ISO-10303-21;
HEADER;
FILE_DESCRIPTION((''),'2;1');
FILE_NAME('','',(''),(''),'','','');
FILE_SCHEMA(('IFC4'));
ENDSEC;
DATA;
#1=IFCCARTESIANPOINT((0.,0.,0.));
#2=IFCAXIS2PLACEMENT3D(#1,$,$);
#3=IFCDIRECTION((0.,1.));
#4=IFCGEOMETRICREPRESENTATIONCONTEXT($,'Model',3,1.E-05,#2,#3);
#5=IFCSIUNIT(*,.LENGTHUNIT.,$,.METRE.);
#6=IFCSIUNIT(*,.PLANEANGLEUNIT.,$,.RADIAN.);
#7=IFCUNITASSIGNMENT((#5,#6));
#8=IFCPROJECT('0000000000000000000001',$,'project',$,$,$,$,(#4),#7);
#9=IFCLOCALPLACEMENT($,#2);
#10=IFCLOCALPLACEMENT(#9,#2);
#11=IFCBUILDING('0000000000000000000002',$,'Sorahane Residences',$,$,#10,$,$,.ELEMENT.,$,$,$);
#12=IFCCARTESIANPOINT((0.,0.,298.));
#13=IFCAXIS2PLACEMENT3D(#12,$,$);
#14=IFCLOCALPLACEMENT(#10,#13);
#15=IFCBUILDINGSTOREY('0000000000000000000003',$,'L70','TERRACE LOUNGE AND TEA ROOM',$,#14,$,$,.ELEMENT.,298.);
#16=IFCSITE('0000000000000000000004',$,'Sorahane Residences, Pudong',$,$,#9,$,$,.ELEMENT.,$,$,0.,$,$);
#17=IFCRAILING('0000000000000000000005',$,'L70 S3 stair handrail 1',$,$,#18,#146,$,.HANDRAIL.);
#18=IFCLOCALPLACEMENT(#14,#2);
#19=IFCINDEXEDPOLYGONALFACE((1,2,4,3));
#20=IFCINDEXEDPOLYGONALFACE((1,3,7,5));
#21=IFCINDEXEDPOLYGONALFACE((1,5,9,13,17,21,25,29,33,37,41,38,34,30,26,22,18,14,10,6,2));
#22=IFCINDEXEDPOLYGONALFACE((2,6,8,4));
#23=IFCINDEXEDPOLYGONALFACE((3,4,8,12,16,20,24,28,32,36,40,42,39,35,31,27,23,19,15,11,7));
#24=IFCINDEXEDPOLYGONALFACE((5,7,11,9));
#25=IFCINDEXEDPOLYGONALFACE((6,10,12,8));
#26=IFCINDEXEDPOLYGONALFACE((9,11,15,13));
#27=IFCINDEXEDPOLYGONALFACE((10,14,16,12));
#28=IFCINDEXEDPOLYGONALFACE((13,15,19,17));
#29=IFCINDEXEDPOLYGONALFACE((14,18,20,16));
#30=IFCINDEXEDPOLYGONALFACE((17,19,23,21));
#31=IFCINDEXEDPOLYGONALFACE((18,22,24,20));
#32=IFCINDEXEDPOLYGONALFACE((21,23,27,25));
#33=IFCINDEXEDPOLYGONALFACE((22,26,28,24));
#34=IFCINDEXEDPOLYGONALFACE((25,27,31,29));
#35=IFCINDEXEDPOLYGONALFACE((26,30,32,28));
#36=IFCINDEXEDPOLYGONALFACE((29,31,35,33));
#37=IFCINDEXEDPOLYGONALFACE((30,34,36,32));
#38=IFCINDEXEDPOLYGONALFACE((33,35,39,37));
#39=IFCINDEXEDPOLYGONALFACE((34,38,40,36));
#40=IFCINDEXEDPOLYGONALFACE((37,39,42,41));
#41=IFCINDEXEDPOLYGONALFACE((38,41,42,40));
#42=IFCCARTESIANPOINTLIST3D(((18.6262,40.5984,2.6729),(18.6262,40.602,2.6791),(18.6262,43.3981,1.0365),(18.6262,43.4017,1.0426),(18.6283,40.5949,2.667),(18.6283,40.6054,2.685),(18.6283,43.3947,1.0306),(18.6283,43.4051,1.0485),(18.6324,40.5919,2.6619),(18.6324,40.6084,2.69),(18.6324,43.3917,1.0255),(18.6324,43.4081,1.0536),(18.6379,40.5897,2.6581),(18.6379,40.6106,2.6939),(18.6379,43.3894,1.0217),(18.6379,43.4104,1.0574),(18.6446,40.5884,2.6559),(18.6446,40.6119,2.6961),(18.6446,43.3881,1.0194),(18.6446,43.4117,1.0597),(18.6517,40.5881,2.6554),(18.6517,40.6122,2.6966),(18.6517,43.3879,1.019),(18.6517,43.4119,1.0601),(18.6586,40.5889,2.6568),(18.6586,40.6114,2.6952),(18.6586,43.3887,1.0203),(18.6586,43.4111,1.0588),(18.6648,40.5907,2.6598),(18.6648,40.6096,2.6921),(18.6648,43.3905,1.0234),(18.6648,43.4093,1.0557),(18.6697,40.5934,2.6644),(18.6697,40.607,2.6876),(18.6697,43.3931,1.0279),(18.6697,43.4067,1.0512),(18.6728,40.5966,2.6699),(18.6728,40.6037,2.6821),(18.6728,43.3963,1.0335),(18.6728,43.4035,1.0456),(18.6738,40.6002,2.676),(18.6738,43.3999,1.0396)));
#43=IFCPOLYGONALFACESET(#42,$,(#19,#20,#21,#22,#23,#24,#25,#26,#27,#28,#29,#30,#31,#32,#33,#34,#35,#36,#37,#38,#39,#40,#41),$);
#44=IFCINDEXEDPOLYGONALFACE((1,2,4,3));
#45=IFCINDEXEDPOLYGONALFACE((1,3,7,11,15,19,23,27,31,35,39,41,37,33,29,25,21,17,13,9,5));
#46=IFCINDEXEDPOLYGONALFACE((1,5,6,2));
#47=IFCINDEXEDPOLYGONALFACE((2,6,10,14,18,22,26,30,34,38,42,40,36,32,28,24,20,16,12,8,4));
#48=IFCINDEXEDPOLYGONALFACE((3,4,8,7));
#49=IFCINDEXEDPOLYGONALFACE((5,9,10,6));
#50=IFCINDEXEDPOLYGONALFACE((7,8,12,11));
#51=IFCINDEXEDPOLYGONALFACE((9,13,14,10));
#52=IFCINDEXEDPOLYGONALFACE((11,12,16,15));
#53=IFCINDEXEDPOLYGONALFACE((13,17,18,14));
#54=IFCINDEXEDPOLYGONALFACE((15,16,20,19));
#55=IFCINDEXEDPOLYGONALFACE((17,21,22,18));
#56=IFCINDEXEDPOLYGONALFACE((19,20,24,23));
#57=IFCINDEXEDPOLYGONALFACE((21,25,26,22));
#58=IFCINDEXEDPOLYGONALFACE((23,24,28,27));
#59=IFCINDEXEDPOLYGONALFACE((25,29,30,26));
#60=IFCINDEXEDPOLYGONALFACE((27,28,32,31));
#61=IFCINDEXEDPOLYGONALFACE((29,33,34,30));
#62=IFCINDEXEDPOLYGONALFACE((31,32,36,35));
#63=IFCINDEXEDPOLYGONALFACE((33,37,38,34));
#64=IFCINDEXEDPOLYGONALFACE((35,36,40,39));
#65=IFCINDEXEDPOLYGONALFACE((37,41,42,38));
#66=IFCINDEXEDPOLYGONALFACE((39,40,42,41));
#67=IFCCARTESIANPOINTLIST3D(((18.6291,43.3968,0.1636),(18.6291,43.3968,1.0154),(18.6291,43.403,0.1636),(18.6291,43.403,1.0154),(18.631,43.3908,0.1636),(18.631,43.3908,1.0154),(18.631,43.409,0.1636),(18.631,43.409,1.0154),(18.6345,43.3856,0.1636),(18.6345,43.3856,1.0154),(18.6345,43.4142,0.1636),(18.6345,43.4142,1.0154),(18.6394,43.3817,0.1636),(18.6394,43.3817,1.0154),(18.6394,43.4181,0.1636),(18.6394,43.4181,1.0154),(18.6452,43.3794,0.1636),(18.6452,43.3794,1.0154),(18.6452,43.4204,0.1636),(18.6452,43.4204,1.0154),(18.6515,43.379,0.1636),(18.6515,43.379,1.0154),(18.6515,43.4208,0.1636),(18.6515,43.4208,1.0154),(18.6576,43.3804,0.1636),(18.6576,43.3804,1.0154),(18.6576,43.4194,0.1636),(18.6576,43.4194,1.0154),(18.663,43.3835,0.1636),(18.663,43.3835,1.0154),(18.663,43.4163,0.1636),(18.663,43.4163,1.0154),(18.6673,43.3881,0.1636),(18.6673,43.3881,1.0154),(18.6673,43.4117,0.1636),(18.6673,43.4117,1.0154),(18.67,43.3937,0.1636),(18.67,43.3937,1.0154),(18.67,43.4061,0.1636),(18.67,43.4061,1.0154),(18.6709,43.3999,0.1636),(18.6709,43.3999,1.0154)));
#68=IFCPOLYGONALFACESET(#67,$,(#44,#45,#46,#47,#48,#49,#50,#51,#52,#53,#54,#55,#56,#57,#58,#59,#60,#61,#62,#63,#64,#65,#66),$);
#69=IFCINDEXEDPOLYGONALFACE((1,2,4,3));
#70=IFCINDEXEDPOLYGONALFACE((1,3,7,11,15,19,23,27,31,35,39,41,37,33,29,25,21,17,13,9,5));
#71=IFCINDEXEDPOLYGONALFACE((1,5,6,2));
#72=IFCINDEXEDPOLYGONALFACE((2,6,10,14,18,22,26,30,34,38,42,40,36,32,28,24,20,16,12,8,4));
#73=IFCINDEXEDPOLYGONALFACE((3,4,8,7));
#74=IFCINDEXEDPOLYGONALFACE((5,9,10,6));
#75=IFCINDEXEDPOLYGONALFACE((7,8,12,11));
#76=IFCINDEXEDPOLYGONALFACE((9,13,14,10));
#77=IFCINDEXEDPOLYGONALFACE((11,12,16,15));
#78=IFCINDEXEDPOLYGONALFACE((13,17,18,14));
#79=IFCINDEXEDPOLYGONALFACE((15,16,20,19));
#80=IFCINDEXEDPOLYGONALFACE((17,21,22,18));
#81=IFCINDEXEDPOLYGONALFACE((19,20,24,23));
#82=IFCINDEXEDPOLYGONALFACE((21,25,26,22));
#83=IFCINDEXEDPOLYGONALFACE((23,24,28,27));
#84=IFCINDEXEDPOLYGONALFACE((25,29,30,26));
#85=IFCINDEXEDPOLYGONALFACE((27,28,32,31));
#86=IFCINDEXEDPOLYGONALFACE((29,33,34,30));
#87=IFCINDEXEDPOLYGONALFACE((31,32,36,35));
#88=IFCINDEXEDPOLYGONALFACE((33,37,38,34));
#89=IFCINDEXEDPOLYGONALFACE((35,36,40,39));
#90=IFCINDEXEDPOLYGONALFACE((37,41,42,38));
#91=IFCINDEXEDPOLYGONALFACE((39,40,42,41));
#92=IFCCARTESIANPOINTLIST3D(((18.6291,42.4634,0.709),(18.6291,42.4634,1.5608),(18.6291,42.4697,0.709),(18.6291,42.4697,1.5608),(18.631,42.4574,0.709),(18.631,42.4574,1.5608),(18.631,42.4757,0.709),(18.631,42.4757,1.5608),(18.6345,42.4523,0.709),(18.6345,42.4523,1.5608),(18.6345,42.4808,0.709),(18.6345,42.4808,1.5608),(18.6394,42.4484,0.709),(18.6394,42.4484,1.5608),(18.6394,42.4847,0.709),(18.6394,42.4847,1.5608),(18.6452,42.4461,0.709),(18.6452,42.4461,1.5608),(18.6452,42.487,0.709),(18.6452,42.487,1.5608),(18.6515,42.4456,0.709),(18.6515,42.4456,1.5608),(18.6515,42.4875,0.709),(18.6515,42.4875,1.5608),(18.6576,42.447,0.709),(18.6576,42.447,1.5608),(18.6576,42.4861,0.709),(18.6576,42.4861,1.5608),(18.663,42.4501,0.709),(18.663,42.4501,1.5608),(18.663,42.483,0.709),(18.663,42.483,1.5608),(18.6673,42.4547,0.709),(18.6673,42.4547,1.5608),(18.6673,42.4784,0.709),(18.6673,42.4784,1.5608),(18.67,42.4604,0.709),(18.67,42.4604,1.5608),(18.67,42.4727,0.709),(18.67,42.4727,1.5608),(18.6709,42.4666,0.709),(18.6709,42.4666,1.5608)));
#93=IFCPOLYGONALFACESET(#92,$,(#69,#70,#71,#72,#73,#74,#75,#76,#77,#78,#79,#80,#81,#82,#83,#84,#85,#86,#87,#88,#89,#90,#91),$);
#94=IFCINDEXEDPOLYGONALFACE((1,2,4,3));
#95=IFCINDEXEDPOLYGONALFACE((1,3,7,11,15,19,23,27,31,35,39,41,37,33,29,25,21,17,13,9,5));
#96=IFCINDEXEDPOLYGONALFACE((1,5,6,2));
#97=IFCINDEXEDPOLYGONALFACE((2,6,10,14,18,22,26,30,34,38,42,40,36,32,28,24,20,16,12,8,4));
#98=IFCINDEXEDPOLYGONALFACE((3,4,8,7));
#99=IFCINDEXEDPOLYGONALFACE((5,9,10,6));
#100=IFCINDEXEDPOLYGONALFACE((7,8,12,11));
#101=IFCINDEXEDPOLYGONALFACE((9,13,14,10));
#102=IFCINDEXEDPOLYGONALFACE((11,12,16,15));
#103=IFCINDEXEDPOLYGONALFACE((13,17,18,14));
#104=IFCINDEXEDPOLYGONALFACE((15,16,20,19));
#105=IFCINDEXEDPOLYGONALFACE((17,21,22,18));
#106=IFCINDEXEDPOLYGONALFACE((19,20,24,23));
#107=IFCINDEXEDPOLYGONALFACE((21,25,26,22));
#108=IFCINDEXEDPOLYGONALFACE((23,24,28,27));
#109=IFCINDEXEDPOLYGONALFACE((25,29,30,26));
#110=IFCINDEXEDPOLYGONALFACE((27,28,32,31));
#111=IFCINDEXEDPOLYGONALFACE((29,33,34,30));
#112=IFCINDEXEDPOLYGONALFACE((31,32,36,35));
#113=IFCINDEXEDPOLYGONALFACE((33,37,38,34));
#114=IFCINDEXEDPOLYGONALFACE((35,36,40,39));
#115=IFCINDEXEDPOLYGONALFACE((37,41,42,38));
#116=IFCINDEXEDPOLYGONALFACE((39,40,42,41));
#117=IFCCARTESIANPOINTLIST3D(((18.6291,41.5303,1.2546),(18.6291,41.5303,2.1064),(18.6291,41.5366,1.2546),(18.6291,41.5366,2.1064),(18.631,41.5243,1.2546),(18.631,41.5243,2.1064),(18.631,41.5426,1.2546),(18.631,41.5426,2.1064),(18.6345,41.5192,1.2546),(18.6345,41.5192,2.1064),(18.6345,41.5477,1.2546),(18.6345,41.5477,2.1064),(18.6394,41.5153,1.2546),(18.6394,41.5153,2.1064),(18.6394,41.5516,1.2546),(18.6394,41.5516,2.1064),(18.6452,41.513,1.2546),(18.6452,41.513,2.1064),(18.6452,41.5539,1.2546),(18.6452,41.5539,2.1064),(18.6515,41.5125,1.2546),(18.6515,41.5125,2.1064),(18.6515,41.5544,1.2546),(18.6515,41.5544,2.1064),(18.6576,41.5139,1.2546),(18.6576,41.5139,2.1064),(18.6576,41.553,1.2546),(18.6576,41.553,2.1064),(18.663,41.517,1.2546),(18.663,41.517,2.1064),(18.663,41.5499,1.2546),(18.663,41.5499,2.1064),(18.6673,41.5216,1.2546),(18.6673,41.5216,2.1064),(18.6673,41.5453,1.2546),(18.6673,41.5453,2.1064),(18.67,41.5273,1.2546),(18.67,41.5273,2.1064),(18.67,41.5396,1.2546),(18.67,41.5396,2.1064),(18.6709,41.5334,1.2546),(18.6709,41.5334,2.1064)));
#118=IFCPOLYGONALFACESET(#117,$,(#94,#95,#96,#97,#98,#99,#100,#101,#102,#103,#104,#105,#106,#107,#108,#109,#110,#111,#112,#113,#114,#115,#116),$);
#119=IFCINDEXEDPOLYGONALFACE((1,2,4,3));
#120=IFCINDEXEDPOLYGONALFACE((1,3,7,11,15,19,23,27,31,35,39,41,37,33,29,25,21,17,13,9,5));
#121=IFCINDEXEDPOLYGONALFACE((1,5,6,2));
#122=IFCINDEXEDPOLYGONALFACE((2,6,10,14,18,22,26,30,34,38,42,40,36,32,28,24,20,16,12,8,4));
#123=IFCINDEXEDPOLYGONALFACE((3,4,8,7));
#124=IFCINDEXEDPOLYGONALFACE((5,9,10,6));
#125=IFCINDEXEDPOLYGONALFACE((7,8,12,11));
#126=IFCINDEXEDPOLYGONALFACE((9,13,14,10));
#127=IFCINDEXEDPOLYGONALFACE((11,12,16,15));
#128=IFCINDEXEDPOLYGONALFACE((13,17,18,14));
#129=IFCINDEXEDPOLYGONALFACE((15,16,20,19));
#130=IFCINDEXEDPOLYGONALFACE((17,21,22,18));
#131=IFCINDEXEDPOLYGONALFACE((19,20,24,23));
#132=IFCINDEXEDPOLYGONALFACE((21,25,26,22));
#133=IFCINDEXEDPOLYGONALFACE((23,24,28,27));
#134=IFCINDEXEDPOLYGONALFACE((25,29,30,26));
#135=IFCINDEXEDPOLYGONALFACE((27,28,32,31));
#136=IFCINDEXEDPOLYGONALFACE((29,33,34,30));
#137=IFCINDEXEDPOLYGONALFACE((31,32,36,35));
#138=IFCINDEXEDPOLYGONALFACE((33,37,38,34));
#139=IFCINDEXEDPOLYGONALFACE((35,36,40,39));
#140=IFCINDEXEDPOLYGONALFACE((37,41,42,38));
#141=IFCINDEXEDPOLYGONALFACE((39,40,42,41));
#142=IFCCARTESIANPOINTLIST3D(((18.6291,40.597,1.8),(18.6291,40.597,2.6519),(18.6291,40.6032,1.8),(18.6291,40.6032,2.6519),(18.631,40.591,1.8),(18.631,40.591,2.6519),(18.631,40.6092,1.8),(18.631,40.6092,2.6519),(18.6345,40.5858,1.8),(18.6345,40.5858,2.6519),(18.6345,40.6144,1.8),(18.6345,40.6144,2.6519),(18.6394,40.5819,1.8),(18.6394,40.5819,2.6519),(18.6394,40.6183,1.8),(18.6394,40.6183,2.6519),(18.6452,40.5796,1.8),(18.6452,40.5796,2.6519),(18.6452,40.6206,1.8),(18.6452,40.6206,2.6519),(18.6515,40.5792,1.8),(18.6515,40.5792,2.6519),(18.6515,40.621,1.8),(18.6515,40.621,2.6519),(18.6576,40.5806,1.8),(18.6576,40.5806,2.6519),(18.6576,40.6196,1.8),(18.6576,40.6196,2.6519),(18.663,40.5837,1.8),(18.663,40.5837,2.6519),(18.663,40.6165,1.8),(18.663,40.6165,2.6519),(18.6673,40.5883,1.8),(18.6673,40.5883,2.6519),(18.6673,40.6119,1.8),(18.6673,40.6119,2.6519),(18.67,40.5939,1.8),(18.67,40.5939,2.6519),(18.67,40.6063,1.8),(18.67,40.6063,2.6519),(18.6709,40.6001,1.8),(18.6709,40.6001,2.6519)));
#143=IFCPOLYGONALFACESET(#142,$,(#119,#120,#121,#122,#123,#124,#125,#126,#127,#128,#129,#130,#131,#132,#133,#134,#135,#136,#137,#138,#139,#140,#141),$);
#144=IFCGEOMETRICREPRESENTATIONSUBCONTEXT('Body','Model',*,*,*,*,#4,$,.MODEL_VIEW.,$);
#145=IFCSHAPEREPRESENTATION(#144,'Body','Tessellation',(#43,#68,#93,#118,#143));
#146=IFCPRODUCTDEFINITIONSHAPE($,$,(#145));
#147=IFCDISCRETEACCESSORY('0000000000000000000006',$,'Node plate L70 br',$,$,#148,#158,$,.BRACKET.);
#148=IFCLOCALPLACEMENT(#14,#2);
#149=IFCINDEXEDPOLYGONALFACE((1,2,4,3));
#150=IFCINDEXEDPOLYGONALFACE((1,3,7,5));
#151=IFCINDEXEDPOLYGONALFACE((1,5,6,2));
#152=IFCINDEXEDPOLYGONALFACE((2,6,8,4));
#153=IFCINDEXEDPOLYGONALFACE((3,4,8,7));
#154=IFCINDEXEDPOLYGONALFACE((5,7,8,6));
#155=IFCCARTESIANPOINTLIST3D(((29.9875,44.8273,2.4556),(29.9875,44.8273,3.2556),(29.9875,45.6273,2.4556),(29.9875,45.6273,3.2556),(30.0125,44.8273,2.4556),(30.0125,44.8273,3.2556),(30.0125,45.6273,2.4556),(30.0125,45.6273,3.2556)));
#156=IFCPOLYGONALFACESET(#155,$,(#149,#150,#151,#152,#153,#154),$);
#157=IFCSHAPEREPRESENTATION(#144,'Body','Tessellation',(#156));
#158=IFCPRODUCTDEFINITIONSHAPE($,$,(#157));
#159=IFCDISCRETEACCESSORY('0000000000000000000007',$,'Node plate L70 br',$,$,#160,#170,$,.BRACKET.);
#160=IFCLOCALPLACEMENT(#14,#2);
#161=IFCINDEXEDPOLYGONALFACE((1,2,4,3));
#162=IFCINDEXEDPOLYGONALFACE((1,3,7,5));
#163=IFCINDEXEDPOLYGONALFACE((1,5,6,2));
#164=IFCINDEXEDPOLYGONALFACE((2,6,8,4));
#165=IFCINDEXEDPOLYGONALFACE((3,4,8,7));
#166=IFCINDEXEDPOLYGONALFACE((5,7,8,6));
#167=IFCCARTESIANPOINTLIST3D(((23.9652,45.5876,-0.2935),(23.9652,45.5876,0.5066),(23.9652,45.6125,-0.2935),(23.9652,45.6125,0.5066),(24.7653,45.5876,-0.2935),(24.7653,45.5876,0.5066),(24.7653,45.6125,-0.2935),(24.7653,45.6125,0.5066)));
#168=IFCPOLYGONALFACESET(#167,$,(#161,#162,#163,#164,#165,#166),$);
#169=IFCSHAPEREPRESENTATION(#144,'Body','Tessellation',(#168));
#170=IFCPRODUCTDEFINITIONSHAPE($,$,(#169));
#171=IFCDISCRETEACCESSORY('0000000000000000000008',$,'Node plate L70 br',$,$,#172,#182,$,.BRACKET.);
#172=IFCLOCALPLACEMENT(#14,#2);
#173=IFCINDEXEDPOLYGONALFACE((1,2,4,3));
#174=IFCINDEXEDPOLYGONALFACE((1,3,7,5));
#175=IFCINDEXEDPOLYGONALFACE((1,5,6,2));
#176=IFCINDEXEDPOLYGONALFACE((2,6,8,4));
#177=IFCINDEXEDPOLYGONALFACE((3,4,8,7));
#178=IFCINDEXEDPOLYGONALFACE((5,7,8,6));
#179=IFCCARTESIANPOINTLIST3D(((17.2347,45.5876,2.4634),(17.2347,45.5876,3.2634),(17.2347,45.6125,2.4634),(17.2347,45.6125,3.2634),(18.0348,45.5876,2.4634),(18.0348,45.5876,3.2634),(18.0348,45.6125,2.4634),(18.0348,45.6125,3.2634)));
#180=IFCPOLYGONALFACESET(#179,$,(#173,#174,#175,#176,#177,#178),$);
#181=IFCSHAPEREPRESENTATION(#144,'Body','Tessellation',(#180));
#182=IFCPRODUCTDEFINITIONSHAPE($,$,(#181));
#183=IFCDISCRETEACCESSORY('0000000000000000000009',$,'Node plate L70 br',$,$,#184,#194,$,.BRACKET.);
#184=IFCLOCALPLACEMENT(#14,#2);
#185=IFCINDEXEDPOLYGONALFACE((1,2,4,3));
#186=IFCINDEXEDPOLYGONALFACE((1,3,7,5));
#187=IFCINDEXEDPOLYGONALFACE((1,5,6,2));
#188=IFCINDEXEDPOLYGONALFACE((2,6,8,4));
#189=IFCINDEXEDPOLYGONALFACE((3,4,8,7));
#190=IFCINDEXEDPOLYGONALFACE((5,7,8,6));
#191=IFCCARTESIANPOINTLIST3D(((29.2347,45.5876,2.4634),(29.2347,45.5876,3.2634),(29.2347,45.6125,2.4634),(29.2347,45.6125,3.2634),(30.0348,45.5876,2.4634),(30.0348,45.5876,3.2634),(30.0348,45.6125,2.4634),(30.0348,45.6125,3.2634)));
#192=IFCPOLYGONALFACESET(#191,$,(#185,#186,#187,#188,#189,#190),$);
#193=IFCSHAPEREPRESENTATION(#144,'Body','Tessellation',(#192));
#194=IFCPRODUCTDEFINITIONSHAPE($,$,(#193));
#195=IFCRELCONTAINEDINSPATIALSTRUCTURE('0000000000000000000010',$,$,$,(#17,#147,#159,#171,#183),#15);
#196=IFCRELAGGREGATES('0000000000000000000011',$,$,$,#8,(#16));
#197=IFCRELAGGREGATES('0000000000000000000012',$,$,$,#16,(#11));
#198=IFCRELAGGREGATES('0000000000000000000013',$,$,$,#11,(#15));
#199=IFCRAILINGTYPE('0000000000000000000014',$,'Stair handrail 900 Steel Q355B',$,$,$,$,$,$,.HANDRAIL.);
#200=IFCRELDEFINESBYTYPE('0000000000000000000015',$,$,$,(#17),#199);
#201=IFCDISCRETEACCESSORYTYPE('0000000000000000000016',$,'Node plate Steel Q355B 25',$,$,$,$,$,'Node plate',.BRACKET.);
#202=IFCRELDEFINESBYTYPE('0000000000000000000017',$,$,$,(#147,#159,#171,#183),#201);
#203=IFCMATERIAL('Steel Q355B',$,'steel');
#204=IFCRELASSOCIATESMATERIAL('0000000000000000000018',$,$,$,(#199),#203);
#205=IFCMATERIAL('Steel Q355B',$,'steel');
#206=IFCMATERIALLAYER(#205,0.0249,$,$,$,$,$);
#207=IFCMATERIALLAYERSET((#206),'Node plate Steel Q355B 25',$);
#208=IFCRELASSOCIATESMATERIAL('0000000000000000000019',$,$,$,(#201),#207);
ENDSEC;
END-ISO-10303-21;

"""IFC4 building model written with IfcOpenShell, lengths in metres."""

from ifc_helpers import new_model, si_unit, direction, frame, origin, origin_2d, place, context, subcontext, project, spatial, rectangle, circle, extrude, material, layer, layer_set, type_object, element, save


model = new_model("IFC4")

# Units and contexts
model_context = context("Model", 3, precision=1e-05, world=origin(), true_north=direction((0.0, 1.0)))
body_context = subcontext(model_context, "Body", "Model", "MODEL_VIEW")
ifc_project = project(units=[si_unit("LENGTHUNIT", "METRE"), si_unit("PLANEANGLEUNIT", "RADIAN")], contexts=[model_context])

# Site, building, storey
site_placement = place(None, origin())
site = spatial("IfcSite", under=ifc_project, at=site_placement, Name="Sorahane Residences, Pudong", CompositionType="ELEMENT", RefElevation=0.0)
building_placement = place(site_placement, origin())
building = spatial("IfcBuilding", under=site, at=building_placement, Name="Sorahane Residences", CompositionType="ELEMENT")
storey_placement = place(building_placement, frame((0.0, 0.0, 298.0)))
storey = spatial("IfcBuildingStorey", under=building, at=storey_placement, Name="L70", Description="TERRACE LOUNGE AND TEA ROOM", CompositionType="ELEMENT", Elevation=298.0)

# Railing
ifc_material_1 = material(Name="Steel Q355B", Category="steel")
railing_type_1 = type_object("IfcRailingType", Name="Stair handrail 900 Steel Q355B", PredefinedType="HANDRAIL", material=ifc_material_1)
railing_1_placement = place(storey_placement, frame((18.6499, 43.3999, 0.1636)))
element("IfcRailing", 1, at=railing_1_placement, inside=storey, type_object=railing_type_1, Name="L70 S3 stair handrail 1", PredefinedType="HANDRAIL", context=body_context, shape_type="SweptSolid", body=[
    extrude(circle(Radius=0.0239, at=origin_2d()), frame((0.0, 0.0, 0.876), z_axis=(0.0, -0.863342, 0.50462), x_axis=(1.0, 0.0, 0.0)), (0.0, 0.0, 1.0), 3.2429),
    extrude(circle(Radius=0.021, at=origin_2d()), origin(), (0.0, 0.0, 1.0), 0.8518),
    extrude(circle(Radius=0.021, at=origin_2d()), frame((0.0, -0.9333, 0.5454)), (0.0, 0.0, 1.0), 0.8518),
    extrude(circle(Radius=0.021, at=origin_2d()), frame((0.0, -1.8665, 1.0911)), (0.0, 0.0, 1.0), 0.8518),
    extrude(circle(Radius=0.021, at=origin_2d()), frame((0.0, -2.7998, 1.6365)), (0.0, 0.0, 1.0), 0.8518),
])

# Discrete accessories
ifc_material_2 = material(Name="Steel Q355B", Category="steel")
ifc_layer_1 = layer(ifc_material_2, 0.0249)
ifc_layer_set_1 = layer_set([ifc_layer_1], Name="Node plate Steel Q355B 25")
discrete_accessory_type = type_object("IfcDiscreteAccessoryType", Name="Node plate Steel Q355B 25", ElementType="Node plate", PredefinedType="BRACKET", material=ifc_layer_set_1)
for number, where, z_axis, x_axis, name in (
    (2, (30.0, 45.2273, 2.4556), (0.0, 0.0, 1.0), (0.0, 1.0, 0.0), "Node plate L70 br"),
    (3, (24.3652, 45.6001, -0.2935), (0.0, 0.0, 1.0), (1.0, 0.0, 0.0), "Node plate L70 br"),
    (4, (17.6348, 45.6001, 2.4634), (0.0, 0.0, 1.0), (1.0, 0.0, 0.0), "Node plate L70 br"),
    (5, (29.6348, 45.6001, 2.4634), (0.0, 0.0, 1.0), (1.0, 0.0, 0.0), "Node plate L70 br"),
):
    element("IfcDiscreteAccessory", number, at=place(storey_placement, frame(where, z_axis=z_axis, x_axis=x_axis)), inside=storey, type_object=discrete_accessory_type, Name=name, PredefinedType="BRACKET", context=body_context, shape_type="SweptSolid", body=[
        extrude(rectangle(XDim=0.8, YDim=0.0249, at=origin_2d()), origin(), (0.0, 0.0, 1.0), 0.8),
    ])

save(model, "model.ifc")
